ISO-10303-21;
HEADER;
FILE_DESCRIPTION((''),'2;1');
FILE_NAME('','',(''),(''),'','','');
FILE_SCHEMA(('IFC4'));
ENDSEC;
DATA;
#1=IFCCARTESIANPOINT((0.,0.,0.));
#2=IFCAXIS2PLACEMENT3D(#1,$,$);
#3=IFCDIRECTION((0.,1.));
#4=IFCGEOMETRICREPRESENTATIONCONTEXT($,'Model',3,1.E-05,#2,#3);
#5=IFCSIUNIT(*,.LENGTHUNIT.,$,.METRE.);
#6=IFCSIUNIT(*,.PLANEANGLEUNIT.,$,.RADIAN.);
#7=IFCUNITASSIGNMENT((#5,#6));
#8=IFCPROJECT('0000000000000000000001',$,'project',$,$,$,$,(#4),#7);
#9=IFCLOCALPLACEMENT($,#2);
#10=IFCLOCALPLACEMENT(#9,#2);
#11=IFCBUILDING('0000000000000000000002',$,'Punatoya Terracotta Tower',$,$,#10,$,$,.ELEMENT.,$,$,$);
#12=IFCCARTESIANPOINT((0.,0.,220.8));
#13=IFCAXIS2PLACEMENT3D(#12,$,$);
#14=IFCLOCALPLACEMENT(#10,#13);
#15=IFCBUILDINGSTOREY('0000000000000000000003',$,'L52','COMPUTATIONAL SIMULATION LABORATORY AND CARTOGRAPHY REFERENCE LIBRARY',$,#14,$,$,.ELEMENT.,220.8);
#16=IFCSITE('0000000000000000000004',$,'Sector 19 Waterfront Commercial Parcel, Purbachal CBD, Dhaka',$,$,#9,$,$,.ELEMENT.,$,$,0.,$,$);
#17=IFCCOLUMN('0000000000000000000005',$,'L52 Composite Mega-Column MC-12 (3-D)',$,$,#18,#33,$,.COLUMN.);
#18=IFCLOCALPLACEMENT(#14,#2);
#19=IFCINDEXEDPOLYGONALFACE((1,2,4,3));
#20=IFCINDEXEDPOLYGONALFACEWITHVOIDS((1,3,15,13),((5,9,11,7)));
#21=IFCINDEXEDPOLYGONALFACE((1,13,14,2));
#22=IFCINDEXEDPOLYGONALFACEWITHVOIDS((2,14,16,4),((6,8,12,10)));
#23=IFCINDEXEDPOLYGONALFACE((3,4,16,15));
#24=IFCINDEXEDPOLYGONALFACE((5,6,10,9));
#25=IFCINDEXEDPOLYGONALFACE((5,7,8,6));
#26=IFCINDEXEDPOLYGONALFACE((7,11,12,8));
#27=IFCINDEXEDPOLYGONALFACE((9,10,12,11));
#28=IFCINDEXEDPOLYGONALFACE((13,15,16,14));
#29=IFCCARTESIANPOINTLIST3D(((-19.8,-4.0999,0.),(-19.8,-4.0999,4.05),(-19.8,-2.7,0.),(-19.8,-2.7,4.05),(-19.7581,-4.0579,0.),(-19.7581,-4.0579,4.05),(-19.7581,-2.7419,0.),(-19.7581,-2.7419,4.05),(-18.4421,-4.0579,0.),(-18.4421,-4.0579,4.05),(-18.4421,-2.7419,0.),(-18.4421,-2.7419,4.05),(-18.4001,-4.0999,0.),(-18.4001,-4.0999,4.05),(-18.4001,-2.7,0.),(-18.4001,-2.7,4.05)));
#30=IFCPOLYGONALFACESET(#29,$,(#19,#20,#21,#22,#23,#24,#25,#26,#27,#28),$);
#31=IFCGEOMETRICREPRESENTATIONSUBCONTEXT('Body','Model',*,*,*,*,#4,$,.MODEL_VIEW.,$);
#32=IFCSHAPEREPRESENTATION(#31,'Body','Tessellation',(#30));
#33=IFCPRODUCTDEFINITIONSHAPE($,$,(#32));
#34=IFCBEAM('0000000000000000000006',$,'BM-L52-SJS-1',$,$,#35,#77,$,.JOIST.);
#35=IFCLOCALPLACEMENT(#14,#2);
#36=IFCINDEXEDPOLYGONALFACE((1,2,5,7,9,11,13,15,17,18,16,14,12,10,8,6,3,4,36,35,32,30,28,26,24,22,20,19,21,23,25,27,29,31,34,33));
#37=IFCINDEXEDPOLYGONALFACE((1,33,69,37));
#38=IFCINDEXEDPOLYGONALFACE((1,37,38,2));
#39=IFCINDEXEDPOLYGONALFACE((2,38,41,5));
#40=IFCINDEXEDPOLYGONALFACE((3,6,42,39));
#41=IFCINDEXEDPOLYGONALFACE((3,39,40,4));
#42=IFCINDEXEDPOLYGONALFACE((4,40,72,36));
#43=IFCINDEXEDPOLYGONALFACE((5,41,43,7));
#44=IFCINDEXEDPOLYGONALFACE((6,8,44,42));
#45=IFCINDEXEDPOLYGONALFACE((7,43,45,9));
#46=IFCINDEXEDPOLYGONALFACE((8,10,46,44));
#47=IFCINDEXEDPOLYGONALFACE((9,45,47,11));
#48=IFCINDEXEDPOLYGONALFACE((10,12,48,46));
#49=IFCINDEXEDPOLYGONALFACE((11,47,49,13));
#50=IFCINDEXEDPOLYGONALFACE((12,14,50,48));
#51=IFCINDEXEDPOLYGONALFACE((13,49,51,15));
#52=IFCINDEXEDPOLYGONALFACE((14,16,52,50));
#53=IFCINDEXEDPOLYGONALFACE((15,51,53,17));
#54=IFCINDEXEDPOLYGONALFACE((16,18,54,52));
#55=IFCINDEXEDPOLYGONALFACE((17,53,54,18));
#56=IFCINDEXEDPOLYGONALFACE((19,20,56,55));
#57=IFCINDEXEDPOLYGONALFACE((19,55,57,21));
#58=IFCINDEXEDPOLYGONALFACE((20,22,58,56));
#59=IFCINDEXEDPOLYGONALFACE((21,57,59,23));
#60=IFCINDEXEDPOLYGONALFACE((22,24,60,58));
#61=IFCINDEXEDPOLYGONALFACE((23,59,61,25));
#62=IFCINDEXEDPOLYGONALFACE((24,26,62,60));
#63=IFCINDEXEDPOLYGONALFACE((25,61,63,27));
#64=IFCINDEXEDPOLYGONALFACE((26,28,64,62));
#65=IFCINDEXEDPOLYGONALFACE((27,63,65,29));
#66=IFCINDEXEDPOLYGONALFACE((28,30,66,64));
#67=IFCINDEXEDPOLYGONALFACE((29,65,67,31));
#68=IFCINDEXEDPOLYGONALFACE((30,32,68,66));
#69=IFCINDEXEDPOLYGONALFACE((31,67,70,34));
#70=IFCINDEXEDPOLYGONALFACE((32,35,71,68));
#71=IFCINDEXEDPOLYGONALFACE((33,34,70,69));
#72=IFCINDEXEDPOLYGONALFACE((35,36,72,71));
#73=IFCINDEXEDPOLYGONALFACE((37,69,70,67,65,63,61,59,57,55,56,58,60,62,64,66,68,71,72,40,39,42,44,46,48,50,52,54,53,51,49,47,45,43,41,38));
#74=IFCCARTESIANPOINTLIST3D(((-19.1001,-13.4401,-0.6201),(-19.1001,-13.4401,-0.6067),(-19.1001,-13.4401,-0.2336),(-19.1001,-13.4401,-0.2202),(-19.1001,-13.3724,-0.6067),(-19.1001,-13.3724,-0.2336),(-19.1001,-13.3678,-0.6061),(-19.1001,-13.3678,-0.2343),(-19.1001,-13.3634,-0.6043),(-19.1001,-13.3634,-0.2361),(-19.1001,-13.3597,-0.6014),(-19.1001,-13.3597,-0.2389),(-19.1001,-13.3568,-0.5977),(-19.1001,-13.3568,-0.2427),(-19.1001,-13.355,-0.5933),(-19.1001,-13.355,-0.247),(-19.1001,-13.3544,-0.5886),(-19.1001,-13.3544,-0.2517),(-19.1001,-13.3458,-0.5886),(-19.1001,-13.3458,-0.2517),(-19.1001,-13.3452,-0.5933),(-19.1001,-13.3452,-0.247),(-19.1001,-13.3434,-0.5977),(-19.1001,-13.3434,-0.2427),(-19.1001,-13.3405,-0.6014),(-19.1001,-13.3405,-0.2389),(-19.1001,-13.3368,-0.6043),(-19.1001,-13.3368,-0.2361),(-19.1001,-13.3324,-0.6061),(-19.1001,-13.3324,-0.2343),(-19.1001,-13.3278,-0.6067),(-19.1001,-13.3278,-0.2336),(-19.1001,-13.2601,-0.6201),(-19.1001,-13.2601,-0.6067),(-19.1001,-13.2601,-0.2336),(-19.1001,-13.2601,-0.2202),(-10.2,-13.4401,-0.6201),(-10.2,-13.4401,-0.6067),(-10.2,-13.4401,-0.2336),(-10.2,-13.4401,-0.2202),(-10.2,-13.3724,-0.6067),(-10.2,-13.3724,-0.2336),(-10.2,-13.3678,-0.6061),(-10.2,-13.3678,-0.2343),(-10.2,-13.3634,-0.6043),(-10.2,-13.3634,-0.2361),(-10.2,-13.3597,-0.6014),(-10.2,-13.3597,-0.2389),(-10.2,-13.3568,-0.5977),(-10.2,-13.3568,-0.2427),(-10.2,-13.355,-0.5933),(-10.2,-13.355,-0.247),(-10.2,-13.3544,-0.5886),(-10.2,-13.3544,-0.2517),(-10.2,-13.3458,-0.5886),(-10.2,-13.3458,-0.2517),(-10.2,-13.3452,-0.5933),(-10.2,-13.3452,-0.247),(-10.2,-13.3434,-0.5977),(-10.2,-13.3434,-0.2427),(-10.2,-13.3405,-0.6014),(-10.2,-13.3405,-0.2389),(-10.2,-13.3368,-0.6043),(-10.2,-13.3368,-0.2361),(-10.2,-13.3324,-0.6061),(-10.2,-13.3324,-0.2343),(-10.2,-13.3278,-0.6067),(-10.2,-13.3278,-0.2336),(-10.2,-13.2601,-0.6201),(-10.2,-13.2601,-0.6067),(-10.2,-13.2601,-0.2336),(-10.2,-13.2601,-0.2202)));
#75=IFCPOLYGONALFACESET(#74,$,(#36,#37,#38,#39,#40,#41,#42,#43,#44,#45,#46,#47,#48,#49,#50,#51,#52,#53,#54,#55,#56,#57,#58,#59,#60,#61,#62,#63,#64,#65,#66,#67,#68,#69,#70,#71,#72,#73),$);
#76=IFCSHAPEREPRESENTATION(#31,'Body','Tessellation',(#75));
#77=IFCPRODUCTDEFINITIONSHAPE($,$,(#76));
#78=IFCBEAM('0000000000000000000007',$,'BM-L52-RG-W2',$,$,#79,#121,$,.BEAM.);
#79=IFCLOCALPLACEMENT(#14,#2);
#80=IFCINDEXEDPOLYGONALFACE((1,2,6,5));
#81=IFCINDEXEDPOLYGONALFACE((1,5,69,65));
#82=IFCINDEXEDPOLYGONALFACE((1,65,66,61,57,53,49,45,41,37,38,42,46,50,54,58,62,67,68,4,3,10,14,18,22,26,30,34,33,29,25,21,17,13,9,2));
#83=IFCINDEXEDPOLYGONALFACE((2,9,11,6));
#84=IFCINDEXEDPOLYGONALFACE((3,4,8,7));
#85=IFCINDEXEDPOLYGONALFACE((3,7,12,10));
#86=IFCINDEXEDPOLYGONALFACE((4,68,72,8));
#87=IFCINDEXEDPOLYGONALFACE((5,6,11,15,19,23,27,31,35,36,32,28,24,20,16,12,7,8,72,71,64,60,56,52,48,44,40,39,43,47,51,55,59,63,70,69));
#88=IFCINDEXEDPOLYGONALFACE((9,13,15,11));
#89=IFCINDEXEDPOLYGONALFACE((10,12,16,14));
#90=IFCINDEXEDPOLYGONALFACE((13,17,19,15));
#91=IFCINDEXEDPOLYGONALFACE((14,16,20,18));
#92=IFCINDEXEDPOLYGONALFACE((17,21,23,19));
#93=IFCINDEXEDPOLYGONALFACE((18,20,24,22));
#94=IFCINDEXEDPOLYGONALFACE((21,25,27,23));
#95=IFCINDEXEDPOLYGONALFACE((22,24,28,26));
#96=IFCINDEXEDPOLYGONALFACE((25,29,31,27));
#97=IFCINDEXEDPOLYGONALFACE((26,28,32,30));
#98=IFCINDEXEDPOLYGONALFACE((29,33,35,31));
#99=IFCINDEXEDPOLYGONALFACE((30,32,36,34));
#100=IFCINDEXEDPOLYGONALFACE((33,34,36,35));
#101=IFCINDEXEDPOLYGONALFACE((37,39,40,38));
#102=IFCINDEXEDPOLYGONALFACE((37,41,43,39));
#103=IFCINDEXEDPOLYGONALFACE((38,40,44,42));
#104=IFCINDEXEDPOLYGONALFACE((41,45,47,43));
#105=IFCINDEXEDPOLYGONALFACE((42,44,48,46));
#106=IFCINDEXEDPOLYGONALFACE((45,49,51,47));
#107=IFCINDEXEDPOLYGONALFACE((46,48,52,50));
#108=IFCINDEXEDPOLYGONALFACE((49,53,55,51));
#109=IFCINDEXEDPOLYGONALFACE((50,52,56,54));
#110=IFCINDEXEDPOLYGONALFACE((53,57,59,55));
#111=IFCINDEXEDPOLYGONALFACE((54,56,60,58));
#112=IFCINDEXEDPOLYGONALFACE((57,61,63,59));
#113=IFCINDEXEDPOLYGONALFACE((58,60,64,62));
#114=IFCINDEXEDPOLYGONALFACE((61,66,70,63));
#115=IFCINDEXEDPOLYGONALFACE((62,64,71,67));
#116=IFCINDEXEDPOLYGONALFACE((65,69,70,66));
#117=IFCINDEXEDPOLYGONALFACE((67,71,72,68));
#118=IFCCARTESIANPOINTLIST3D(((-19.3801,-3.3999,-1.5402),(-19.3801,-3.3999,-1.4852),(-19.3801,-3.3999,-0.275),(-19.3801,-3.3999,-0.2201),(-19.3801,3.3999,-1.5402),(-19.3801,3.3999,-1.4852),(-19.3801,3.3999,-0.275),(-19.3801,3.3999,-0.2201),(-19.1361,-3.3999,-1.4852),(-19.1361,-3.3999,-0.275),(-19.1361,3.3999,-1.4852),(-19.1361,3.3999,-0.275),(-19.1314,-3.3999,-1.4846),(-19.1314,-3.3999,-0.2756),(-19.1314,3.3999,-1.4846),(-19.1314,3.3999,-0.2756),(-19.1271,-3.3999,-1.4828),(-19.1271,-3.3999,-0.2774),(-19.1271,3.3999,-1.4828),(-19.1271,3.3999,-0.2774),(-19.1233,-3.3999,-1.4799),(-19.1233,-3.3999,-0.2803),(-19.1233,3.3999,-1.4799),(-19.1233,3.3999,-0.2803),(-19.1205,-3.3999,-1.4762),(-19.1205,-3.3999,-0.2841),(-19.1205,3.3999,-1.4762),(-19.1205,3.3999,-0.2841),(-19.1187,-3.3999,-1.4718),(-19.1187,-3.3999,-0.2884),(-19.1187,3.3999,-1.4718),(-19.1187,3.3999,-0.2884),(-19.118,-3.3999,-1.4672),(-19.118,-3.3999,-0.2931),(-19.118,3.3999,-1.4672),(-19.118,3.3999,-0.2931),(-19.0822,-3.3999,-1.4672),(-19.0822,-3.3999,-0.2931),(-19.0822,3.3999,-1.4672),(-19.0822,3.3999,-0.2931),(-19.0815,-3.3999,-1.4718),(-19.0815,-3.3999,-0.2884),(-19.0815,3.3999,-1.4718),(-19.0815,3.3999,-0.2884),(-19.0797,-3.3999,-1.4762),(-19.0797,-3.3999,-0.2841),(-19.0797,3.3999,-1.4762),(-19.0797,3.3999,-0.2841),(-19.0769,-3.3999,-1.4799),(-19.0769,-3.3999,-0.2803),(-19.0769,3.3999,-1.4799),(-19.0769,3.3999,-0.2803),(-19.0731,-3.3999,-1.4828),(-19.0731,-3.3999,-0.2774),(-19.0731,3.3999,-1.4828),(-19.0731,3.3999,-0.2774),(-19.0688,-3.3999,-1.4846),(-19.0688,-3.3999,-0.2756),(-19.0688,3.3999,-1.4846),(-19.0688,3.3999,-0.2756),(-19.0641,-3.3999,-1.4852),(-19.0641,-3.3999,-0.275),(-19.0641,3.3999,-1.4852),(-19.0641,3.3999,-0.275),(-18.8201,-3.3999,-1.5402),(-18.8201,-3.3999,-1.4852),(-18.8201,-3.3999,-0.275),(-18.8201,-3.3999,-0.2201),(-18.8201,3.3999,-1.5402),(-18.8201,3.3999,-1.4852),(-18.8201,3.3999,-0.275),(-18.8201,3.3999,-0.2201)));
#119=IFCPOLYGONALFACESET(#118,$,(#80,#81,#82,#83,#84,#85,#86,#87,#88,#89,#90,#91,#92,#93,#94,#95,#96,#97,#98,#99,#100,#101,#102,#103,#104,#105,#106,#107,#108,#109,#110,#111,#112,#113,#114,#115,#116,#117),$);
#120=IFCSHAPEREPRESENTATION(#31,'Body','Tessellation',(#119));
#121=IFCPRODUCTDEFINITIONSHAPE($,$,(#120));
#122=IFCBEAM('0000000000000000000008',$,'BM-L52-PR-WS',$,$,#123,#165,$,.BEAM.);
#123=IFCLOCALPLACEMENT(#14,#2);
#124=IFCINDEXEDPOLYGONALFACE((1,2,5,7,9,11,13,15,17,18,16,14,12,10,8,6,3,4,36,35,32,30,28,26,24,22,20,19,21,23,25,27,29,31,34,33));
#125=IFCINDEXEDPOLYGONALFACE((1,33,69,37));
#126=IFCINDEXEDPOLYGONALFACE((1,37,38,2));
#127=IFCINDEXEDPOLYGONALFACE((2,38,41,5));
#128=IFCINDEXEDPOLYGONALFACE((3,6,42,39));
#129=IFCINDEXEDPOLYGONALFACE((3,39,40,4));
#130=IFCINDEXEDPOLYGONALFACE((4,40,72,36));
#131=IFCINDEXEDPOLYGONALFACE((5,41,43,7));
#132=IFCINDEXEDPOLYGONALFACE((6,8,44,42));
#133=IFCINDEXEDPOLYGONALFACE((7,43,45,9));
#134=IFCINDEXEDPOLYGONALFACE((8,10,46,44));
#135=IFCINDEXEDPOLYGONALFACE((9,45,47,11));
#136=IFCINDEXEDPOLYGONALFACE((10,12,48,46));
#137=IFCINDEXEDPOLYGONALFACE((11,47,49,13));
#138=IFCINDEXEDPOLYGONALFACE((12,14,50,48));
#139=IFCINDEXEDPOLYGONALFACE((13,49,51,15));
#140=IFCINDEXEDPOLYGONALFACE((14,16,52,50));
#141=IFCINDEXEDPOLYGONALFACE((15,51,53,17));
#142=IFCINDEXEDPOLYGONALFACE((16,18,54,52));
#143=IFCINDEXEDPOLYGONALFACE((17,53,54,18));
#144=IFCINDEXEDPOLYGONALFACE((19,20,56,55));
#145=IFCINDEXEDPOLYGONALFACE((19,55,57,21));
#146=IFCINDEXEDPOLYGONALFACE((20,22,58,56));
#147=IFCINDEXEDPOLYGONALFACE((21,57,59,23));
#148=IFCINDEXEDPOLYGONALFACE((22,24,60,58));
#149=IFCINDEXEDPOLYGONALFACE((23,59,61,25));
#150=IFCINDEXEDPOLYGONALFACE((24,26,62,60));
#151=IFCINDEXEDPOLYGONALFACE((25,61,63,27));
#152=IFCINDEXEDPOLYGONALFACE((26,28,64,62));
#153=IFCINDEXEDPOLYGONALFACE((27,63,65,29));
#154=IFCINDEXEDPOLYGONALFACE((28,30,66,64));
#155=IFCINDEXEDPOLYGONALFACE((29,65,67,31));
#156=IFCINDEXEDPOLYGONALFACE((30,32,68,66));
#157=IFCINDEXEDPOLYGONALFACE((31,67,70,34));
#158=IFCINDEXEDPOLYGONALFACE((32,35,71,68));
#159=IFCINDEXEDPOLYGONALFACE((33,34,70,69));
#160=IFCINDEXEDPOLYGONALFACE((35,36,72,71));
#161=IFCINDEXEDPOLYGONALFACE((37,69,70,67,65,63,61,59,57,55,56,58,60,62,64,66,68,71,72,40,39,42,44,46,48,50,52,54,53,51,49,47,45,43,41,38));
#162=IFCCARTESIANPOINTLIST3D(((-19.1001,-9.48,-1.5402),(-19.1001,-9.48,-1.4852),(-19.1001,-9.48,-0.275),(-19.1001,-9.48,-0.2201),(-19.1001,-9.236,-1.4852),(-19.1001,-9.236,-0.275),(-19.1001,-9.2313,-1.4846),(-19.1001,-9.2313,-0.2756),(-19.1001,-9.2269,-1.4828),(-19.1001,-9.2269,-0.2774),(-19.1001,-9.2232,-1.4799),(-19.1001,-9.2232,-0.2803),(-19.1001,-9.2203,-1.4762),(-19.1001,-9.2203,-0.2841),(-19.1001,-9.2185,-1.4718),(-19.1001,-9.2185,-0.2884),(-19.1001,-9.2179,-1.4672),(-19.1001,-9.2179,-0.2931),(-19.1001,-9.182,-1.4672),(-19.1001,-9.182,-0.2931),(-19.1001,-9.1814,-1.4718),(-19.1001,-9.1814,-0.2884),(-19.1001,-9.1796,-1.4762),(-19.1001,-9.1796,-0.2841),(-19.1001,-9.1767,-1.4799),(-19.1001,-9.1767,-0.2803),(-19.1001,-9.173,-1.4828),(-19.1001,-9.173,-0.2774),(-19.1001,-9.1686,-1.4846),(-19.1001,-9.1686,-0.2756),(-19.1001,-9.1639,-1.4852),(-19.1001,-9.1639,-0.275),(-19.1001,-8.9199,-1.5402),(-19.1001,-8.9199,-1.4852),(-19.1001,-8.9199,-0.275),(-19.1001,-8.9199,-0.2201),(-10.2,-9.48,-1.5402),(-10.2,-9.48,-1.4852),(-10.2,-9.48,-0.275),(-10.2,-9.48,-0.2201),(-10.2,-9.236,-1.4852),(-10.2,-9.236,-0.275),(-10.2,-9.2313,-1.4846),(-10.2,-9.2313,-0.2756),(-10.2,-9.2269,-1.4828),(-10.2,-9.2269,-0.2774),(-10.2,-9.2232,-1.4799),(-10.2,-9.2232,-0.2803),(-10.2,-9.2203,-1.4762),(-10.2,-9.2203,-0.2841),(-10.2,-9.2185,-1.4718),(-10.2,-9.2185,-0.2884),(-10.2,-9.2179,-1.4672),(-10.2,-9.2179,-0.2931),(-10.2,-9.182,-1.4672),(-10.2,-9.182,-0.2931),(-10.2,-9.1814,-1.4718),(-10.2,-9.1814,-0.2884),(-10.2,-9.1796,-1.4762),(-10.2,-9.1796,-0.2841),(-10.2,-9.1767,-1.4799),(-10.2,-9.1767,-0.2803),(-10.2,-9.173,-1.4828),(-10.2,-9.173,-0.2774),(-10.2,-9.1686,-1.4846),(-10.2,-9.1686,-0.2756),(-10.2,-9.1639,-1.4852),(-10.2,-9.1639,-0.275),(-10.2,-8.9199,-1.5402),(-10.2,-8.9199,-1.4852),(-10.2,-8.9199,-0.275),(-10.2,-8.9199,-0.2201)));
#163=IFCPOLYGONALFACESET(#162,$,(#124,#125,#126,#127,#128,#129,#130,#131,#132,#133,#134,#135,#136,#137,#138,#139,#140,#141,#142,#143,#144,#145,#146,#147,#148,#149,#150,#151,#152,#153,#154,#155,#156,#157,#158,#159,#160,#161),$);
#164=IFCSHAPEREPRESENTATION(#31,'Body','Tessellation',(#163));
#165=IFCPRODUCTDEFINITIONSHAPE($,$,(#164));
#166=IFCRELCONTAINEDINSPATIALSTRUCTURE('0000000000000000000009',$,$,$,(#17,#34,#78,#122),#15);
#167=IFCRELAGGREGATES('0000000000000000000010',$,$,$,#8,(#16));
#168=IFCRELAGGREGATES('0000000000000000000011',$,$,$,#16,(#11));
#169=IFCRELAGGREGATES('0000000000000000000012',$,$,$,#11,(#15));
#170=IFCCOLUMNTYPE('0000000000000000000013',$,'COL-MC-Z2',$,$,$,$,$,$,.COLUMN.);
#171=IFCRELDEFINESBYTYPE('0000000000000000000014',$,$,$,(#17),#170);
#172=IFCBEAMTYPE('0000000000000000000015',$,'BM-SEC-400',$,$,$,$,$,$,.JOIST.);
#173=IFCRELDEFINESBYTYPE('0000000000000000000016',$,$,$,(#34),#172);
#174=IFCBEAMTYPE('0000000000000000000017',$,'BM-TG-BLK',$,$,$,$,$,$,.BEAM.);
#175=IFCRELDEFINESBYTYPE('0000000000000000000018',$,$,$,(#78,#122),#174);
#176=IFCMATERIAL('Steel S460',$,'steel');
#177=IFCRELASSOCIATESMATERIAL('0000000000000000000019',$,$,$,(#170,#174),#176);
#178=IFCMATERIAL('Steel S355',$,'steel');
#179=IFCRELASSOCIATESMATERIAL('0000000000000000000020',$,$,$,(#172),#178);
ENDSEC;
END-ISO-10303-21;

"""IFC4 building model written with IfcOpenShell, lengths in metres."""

from ifc_helpers import new_model, si_unit, direction, frame, origin, origin_2d, place, context, subcontext, project, spatial, hollow_rectangle, i_section, extrude, material, material_profile, profile_set, type_object, element, save


model = new_model("IFC4")

# Units and contexts
model_context = context("Model", 3, precision=1e-05, world=origin(), true_north=direction((0.0, 1.0)))
body_context = subcontext(model_context, "Body", "Model", "MODEL_VIEW")
ifc_project = project(units=[si_unit("LENGTHUNIT", "METRE"), si_unit("PLANEANGLEUNIT", "RADIAN")], contexts=[model_context])

# Site, building, storey
site_placement = place(None, origin())
site = spatial("IfcSite", under=ifc_project, at=site_placement, Name="Sector 19 Waterfront Commercial Parcel, Purbachal CBD, Dhaka", CompositionType="ELEMENT", RefElevation=0.0)
building_placement = place(site_placement, origin())
building = spatial("IfcBuilding", under=site, at=building_placement, Name="Punatoya Terracotta Tower", CompositionType="ELEMENT")
storey_placement = place(building_placement, frame((0.0, 0.0, 220.8)))
storey = spatial("IfcBuildingStorey", under=building, at=storey_placement, Name="L52", Description="COMPUTATIONAL SIMULATION LABORATORY AND CARTOGRAPHY REFERENCE LIBRARY", CompositionType="ELEMENT", Elevation=220.8)

# Column
ifc_material_1 = material(Name="Steel S460", Category="steel")
ifc_material_profile_1 = material_profile(ifc_material_1, hollow_rectangle(XDim=1.3999, YDim=1.3999, WallThickness=0.042, at=origin_2d()))
ifc_profile_set_1 = profile_set([ifc_material_profile_1], Name="Steel S460")
column_type = type_object("IfcColumnType", Name="COL-MC-Z2", PredefinedType="COLUMN", material=ifc_profile_set_1)
column_placement = place(storey_placement, frame((-19.1001, -3.3999, 0.0), z_axis=(0.0, 0.0, 1.0), x_axis=(1.0, 0.0, 0.0)))
element("IfcColumn", 1, at=column_placement, inside=storey, type_object=column_type, Name="L52 Composite Mega-Column MC-12 (3-D)", PredefinedType="COLUMN", context=body_context, shape_type="SweptSolid", body=[
    extrude(hollow_rectangle(XDim=1.3999, YDim=1.3999, WallThickness=0.042, at=origin_2d()), origin(), (0.0, 0.0, 1.0), 4.05),
])

# Beams
ifc_material_2 = material(Name="Steel S355", Category="steel")
ifc_material_profile_2 = material_profile(ifc_material_2, i_section(OverallWidth=0.1799, OverallDepth=0.3999, WebThickness=0.0085, FlangeThickness=0.0134, FilletRadius=0.0181, at=origin_2d()))
ifc_profile_set_2 = profile_set([ifc_material_profile_2], Name="Steel S355")
beam_type_1 = type_object("IfcBeamType", Name="BM-SEC-400", PredefinedType="JOIST", material=ifc_profile_set_2)
beam_1_placement = place(storey_placement, frame((-19.1001, -13.3501, -0.4202), z_axis=(1.0, 0.0, 0.0), x_axis=(0.0, 1.0, 0.0)))
element("IfcBeam", 2, at=beam_1_placement, inside=storey, type_object=beam_type_1, Name="BM-L52-SJS-1", PredefinedType="JOIST", context=body_context, shape_type="SweptSolid", body=[
    extrude(i_section(OverallWidth=0.1799, OverallDepth=0.3999, WebThickness=0.0085, FlangeThickness=0.0134, FilletRadius=0.0181, at=origin_2d()), origin(), (0.0, 0.0, 1.0), 8.9001),
])
ifc_material_profile_3 = material_profile(ifc_material_1, i_section(OverallWidth=0.5601, OverallDepth=1.3201, WebThickness=0.0359, FlangeThickness=0.0549, FilletRadius=0.0181, at=origin_2d()))
ifc_profile_set_3 = profile_set([ifc_material_profile_3], Name="Steel S460")
beam_type_2 = type_object("IfcBeamType", Name="BM-TG-BLK", PredefinedType="BEAM", material=ifc_profile_set_3)
beam_2_placement = place(storey_placement, frame((-19.1001, -3.3999, -0.8801), z_axis=(0.0, 1.0, 0.0), x_axis=(-1.0, 0.0, 0.0)))
element("IfcBeam", 3, at=beam_2_placement, inside=storey, type_object=beam_type_2, Name="BM-L52-RG-W2", PredefinedType="BEAM", context=body_context, shape_type="SweptSolid", body=[
    extrude(i_section(OverallWidth=0.5601, OverallDepth=1.3201, WebThickness=0.0359, FlangeThickness=0.0549, FilletRadius=0.0181, at=origin_2d()), origin(), (0.0, 0.0, 1.0), 6.7998),
])
for number, where, z_axis, x_axis, name in (
    (4, (-19.1001, -9.2, -0.8801), (1.0, 0.0, 0.0), (0.0, 1.0, 0.0), "BM-L52-PR-WS"),
):
    element("IfcBeam", number, at=place(storey_placement, frame(where, z_axis=z_axis, x_axis=x_axis)), inside=storey, type_object=beam_type_2, Name=name, PredefinedType="BEAM", context=body_context, shape_type="SweptSolid", body=[
        extrude(i_section(OverallWidth=0.5601, OverallDepth=1.3201, WebThickness=0.0359, FlangeThickness=0.0549, FilletRadius=0.0181, at=origin_2d()), origin(), (0.0, 0.0, 1.0), 8.9001),
    ])

save(model, "model.ifc")
